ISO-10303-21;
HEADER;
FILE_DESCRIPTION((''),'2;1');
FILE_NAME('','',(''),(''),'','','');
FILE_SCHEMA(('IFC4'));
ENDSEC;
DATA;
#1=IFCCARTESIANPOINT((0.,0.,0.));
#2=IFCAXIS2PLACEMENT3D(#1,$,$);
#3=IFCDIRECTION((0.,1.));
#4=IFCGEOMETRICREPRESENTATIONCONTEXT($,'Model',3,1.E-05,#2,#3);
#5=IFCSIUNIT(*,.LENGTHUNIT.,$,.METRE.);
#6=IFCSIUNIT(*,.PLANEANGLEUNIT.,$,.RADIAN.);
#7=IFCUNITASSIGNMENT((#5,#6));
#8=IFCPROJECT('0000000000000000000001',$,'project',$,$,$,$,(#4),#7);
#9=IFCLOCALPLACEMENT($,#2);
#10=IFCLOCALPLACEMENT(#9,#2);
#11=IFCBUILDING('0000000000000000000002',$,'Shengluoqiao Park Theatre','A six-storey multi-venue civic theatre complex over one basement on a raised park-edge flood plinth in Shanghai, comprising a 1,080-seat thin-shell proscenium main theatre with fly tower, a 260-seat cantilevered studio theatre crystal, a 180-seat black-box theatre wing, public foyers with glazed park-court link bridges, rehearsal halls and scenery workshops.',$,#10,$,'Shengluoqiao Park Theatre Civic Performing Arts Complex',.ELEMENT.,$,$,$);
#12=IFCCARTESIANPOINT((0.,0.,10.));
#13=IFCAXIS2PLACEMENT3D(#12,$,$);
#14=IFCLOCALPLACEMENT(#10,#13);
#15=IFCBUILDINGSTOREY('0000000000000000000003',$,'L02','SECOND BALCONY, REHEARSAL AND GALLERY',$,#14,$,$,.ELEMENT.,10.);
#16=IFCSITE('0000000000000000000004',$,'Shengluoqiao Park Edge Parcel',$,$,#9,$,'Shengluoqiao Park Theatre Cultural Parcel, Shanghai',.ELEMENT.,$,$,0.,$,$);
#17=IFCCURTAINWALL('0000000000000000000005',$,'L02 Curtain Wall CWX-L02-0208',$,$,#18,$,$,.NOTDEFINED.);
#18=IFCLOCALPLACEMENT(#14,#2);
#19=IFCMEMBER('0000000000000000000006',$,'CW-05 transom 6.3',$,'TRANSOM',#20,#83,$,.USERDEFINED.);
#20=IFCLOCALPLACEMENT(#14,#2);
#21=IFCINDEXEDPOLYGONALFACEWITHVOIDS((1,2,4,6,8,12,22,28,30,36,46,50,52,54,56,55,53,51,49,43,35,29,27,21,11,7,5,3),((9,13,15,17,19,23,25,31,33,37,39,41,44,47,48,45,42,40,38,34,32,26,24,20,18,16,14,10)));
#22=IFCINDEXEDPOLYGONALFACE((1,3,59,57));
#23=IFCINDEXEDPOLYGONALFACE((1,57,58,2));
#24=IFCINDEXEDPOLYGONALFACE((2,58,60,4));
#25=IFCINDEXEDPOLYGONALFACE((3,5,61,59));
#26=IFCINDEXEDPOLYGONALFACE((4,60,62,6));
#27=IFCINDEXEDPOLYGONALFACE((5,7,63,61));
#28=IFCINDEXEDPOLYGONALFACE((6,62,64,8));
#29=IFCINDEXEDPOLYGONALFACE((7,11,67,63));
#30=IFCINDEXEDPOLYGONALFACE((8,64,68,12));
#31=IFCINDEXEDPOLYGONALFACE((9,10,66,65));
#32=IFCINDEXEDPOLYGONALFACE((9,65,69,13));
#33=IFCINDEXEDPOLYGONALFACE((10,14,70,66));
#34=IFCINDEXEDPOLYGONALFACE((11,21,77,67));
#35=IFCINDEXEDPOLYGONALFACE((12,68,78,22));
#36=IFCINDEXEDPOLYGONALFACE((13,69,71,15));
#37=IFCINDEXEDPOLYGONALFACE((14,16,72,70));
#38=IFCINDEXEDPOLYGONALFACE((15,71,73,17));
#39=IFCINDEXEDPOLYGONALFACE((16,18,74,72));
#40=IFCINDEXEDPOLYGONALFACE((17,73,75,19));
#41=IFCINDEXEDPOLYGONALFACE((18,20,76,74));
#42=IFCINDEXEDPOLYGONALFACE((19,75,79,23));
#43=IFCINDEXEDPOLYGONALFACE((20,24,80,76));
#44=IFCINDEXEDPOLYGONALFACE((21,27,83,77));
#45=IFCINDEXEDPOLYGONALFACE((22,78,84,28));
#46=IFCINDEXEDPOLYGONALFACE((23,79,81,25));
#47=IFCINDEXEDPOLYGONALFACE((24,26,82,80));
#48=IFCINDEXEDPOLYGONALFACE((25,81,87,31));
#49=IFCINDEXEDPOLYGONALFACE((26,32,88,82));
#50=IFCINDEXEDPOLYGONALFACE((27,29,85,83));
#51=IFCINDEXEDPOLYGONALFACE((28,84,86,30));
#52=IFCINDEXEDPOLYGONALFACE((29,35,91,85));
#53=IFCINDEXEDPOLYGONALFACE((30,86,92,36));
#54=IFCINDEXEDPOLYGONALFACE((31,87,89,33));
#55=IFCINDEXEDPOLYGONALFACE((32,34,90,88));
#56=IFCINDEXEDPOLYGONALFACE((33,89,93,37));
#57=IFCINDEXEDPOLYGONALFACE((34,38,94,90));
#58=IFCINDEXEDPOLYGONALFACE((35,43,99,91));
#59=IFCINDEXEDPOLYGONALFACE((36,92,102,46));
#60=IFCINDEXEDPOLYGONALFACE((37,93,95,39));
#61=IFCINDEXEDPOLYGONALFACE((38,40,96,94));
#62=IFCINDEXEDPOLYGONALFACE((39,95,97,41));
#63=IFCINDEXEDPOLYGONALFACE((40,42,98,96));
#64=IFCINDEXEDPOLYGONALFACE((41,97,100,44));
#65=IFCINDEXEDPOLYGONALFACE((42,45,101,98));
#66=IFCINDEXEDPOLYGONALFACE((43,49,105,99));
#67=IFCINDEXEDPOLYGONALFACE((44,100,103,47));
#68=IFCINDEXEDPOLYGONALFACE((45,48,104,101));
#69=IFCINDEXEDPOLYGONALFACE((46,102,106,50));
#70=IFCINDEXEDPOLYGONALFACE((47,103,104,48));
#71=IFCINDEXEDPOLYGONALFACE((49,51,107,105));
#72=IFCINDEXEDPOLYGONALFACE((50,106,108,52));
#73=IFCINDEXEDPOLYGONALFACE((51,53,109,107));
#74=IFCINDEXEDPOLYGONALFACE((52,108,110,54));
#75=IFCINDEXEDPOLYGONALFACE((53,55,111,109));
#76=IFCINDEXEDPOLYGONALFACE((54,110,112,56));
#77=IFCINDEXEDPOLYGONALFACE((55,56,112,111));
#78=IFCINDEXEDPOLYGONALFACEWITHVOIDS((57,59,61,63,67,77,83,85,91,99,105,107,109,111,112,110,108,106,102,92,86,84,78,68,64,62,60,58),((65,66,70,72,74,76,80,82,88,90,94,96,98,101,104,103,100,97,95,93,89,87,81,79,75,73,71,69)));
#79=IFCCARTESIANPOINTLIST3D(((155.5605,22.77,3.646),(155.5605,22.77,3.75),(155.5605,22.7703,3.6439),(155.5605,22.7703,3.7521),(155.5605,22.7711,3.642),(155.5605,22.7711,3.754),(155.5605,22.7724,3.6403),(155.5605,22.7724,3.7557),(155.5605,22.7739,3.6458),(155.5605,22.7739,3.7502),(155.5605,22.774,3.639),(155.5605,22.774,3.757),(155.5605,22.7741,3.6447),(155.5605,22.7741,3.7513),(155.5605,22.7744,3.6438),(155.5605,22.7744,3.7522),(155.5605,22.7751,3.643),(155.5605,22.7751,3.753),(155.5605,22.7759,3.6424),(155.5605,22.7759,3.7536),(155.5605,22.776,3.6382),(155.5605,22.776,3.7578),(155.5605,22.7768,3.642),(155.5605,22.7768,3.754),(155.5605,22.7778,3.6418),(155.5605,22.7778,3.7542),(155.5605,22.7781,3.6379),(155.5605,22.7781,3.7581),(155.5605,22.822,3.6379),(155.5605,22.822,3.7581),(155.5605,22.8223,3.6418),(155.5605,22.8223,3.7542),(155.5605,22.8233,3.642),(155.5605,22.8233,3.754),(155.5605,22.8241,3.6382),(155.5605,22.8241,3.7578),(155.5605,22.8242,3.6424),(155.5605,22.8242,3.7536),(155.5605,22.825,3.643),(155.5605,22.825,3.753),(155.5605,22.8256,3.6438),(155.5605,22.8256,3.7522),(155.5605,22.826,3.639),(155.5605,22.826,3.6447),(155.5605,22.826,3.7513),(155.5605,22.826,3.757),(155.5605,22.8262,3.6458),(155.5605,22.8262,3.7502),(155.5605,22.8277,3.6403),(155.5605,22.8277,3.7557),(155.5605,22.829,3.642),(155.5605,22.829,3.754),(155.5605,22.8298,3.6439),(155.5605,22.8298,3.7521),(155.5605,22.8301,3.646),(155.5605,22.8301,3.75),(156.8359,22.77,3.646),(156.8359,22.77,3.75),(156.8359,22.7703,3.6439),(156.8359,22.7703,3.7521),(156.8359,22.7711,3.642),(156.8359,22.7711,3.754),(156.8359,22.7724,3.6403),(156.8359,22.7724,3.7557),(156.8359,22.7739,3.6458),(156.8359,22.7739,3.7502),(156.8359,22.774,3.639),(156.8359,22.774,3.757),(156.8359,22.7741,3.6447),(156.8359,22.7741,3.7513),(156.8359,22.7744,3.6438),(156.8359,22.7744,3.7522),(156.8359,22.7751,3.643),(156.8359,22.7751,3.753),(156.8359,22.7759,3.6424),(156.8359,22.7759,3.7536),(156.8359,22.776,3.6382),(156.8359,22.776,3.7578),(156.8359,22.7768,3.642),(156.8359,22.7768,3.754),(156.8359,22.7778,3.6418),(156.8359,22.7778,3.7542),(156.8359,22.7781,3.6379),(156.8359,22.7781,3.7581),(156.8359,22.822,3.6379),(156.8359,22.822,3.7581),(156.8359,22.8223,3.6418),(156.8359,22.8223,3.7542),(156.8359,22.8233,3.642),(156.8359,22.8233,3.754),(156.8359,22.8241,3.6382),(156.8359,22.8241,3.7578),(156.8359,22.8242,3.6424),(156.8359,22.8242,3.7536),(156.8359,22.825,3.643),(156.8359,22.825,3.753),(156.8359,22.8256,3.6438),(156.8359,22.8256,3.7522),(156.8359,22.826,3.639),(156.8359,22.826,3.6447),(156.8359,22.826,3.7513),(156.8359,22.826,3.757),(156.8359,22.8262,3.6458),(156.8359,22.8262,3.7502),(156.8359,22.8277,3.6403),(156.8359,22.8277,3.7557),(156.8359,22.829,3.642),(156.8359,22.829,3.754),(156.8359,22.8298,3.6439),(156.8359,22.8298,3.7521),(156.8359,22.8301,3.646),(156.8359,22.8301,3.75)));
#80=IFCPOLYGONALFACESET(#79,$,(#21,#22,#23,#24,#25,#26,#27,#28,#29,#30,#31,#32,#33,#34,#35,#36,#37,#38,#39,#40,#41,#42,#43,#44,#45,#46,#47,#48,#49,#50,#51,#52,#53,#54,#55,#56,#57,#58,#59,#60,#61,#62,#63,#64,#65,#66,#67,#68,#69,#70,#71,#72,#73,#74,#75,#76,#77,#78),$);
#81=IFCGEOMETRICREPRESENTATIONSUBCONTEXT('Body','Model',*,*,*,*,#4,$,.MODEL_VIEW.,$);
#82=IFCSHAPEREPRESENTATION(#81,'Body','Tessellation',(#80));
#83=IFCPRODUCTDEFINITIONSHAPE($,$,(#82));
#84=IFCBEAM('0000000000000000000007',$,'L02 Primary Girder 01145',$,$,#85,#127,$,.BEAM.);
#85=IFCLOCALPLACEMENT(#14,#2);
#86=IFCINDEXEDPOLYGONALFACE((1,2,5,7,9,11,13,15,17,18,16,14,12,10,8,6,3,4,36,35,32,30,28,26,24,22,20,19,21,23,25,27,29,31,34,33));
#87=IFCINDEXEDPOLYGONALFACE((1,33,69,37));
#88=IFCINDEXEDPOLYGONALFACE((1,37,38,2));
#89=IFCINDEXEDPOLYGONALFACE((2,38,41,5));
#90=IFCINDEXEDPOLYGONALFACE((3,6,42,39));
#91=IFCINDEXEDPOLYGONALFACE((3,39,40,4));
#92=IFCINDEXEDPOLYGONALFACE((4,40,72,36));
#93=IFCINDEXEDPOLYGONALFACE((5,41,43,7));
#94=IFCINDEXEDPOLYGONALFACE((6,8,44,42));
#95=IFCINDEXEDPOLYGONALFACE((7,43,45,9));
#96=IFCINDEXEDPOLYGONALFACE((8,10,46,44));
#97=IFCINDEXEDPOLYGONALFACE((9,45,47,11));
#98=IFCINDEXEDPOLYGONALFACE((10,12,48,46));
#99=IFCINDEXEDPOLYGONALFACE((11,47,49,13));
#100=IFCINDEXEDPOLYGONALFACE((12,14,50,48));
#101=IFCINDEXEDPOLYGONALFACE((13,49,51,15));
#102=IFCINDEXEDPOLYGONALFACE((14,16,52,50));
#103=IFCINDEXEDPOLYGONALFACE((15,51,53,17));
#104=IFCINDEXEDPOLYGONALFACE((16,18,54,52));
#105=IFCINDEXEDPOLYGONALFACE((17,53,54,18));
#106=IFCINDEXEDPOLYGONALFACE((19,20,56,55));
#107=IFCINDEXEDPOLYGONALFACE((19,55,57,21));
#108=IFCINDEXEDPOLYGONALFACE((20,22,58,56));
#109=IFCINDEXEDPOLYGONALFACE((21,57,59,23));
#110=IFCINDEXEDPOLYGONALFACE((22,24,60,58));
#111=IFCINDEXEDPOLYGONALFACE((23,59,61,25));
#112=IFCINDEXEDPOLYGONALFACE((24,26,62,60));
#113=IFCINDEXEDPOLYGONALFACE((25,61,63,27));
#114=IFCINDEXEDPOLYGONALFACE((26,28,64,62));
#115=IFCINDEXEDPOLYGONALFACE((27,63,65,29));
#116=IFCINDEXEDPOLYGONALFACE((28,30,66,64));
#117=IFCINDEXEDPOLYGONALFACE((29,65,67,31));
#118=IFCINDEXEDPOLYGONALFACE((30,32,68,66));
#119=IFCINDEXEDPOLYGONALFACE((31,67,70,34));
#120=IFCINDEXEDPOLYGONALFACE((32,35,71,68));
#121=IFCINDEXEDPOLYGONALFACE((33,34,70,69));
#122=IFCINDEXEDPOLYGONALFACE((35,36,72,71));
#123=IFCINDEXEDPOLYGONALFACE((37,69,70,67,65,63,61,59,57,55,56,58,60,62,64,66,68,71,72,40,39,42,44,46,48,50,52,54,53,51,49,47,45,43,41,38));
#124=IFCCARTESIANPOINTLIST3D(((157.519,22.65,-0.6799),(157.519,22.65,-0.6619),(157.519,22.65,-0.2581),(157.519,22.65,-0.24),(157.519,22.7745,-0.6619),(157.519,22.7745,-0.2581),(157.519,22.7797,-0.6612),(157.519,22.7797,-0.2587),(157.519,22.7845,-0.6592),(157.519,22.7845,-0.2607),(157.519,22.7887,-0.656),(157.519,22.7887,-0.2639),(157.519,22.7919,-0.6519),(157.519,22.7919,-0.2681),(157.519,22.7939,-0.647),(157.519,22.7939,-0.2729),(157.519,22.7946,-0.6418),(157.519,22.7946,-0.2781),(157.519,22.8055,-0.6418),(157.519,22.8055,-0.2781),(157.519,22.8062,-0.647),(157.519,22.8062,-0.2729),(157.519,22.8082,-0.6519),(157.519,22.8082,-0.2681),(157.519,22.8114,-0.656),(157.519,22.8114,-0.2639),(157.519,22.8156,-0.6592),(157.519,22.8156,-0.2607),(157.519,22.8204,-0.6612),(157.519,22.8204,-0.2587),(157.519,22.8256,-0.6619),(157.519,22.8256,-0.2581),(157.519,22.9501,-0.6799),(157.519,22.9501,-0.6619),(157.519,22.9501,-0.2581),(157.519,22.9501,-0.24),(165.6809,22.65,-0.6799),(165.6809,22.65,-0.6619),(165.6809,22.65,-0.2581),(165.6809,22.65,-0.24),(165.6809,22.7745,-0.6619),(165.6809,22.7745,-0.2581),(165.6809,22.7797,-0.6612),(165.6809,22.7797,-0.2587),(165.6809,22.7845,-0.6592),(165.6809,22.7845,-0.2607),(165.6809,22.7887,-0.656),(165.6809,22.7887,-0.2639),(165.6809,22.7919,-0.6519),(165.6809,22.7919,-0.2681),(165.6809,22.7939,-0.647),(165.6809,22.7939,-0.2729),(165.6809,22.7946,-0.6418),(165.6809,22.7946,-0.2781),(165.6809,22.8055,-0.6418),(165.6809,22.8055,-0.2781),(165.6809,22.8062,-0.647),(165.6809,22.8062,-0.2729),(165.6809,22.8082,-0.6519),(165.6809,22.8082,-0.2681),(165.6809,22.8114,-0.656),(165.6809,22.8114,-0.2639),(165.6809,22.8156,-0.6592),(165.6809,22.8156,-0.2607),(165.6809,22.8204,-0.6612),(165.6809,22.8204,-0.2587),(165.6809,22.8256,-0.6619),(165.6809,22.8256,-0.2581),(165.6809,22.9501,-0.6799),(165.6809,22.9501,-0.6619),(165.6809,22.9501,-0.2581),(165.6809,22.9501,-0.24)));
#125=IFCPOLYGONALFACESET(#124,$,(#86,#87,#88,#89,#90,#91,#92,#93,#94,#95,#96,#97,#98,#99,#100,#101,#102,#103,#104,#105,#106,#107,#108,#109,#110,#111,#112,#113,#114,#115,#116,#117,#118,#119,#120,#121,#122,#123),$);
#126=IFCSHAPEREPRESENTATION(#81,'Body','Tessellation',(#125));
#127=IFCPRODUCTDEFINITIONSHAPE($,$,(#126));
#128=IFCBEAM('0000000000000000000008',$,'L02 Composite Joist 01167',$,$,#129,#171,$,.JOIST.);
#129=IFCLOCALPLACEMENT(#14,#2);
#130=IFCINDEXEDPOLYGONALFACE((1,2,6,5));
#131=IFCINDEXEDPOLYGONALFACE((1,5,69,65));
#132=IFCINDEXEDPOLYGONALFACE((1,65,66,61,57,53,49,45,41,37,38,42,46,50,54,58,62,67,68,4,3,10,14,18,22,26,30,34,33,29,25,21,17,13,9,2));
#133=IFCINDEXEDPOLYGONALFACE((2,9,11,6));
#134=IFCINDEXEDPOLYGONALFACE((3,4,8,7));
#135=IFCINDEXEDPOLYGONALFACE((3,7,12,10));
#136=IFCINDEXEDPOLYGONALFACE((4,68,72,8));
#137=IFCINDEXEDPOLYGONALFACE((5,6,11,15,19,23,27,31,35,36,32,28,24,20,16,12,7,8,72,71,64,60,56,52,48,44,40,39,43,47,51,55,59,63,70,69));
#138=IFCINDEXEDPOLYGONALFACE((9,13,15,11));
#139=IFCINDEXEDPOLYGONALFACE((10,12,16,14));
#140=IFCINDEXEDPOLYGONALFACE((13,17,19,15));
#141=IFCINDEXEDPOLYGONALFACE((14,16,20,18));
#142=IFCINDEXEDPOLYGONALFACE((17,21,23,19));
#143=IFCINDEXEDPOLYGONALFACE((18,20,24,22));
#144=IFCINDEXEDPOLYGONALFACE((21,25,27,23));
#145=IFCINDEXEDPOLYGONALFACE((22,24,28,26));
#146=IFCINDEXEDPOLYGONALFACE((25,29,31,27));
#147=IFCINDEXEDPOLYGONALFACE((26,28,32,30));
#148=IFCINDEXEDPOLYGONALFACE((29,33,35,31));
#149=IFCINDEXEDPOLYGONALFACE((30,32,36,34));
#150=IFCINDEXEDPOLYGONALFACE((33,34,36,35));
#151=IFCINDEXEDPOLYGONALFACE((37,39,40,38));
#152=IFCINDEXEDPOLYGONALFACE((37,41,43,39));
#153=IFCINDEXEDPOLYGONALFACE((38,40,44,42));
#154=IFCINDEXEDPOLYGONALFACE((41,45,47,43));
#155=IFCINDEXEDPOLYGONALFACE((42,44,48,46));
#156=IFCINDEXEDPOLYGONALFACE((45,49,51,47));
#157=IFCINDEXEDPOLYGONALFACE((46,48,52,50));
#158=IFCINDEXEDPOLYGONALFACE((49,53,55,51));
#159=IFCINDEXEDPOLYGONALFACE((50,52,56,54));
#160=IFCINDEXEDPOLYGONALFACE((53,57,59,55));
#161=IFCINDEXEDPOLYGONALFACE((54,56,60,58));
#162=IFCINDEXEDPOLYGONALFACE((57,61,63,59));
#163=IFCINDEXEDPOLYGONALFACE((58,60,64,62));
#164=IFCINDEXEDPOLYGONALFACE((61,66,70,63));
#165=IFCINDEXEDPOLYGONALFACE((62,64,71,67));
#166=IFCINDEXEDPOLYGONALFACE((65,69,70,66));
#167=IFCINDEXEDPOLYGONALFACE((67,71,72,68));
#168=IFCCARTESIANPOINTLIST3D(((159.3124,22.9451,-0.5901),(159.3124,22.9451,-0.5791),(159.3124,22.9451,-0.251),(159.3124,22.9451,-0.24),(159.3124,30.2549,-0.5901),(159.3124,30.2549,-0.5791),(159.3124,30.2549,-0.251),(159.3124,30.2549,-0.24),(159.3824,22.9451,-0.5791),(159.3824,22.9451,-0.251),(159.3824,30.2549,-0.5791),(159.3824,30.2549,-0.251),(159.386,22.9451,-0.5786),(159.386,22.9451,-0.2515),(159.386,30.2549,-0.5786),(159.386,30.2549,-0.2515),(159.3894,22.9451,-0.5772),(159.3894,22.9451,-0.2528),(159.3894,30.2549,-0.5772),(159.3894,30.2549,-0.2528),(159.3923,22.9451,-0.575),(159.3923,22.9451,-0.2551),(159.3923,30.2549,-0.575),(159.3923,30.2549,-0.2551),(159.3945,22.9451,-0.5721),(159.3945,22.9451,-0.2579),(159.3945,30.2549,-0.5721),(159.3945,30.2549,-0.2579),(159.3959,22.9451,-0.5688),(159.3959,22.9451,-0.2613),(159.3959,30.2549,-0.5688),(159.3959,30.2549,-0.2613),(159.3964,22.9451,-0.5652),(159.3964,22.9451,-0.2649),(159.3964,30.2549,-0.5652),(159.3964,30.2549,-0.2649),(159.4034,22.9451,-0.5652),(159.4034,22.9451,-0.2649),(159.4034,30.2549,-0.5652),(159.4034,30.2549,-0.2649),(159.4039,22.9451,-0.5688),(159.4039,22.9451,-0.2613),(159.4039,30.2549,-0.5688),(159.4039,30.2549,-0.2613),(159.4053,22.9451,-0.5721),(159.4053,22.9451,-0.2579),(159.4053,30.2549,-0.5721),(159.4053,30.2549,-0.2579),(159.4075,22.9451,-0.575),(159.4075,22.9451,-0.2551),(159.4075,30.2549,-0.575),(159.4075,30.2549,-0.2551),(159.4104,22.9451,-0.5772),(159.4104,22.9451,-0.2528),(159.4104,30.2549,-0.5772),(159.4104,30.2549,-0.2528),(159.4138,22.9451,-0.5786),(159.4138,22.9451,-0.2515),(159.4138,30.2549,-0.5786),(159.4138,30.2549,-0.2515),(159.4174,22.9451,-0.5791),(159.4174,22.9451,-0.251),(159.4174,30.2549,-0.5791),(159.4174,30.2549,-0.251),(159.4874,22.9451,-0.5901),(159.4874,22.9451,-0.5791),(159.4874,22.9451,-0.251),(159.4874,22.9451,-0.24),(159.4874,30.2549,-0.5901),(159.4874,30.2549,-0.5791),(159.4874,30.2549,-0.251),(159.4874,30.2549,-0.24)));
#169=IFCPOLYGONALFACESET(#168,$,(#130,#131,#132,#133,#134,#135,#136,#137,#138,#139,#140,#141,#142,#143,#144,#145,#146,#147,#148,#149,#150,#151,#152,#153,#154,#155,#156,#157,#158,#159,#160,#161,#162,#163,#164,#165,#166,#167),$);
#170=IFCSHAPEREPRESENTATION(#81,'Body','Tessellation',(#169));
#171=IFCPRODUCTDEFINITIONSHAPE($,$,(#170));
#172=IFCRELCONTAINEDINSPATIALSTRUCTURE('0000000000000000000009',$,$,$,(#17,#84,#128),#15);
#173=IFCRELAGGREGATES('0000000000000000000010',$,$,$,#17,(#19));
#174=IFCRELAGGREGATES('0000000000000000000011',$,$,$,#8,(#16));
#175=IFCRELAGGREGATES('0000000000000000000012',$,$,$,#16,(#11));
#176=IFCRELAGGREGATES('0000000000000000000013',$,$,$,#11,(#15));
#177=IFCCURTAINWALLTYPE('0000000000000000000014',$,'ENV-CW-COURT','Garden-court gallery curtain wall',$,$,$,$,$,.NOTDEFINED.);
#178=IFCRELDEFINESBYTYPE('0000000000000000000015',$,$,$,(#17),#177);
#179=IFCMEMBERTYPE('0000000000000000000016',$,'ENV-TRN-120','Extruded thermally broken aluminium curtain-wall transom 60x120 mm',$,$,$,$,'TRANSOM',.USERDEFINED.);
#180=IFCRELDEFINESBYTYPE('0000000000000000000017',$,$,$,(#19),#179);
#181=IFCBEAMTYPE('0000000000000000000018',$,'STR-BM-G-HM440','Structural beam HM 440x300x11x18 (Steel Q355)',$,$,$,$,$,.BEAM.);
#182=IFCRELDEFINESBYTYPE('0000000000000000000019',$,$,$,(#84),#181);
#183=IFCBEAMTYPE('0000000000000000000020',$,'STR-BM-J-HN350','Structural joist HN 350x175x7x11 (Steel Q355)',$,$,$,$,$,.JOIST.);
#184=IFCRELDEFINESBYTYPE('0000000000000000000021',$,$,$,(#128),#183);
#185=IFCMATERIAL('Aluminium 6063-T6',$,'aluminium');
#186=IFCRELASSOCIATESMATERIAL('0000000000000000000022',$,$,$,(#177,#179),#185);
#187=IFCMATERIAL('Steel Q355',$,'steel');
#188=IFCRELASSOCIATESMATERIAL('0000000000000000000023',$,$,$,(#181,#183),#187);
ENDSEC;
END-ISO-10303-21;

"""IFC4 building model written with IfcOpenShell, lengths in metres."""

from ifc_helpers import new_model, si_unit, direction, frame, origin, origin_2d, place, context, subcontext, project, spatial, hollow_rectangle, i_section, extrude, material, material_profile, profile_set, type_object, element, aggregate, save


model = new_model("IFC4")

# Units and contexts
model_context = context("Model", 3, precision=1e-05, world=origin(), true_north=direction((0.0, 1.0)))
body_context = subcontext(model_context, "Body", "Model", "MODEL_VIEW")
ifc_project = project(units=[si_unit("LENGTHUNIT", "METRE"), si_unit("PLANEANGLEUNIT", "RADIAN")], contexts=[model_context])

# Site, building, storey
site_placement = place(None, origin())
site = spatial("IfcSite", under=ifc_project, at=site_placement, Name="Shengluoqiao Park Edge Parcel", LongName="Shengluoqiao Park Theatre Cultural Parcel, Shanghai", CompositionType="ELEMENT", RefElevation=0.0)
building_placement = place(site_placement, origin())
building = spatial("IfcBuilding", under=site, at=building_placement, Name="Shengluoqiao Park Theatre", Description="A six-storey multi-venue civic theatre complex over one basement on a raised park-edge flood plinth in Shanghai, comprising a 1,080-seat thin-shell proscenium main theatre with fly tower, a 260-seat cantilevered studio theatre crystal, a 180-seat black-box theatre wing, public foyers with glazed park-court link bridges, rehearsal halls and scenery workshops.", LongName="Shengluoqiao Park Theatre Civic Performing Arts Complex", CompositionType="ELEMENT")
storey_placement = place(building_placement, frame((0.0, 0.0, 10.0)))
storey = spatial("IfcBuildingStorey", under=building, at=storey_placement, Name="L02", Description="SECOND BALCONY, REHEARSAL AND GALLERY", CompositionType="ELEMENT", Elevation=10.0)

# Curtain wall, member
ifc_material_1 = material(Name="Aluminium 6063-T6", Category="aluminium")
curtain_wall_type = type_object("IfcCurtainWallType", Name="ENV-CW-COURT", Description="Garden-court gallery curtain wall", PredefinedType="NOTDEFINED", material=ifc_material_1)
curtain_wall_placement = place(storey_placement, origin())
curtain_wall = element("IfcCurtainWall", 1, at=curtain_wall_placement, inside=storey, type_object=curtain_wall_type, Name="L02 Curtain Wall CWX-L02-0208", PredefinedType="NOTDEFINED")
ifc_material_profile_1 = material_profile(ifc_material_1, hollow_rectangle(XDim=0.0601, YDim=0.1201, WallThickness=0.0039, InnerFilletRadius=0.0039, OuterFilletRadius=0.0081, at=origin_2d()), Name="ALU TRANSOM 120x60x4")
ifc_profile_set_1 = profile_set([ifc_material_profile_1], Name="Aluminium 6063-T6")
member_type_1 = type_object("IfcMemberType", Name="ENV-TRN-120", Description="Extruded thermally broken aluminium curtain-wall transom 60x120 mm", ElementType="TRANSOM", PredefinedType="USERDEFINED", material=ifc_profile_set_1)
member_1_placement = place(storey_placement, frame((155.5605, 22.8, 3.698), z_axis=(1.0, 0.0, 0.0), x_axis=(0.0, 1.0, 0.0)))
member_1 = element("IfcMember", 2, at=member_1_placement, type_object=member_type_1, Name="CW-05 transom 6.3", ObjectType="TRANSOM", PredefinedType="USERDEFINED", context=body_context, shape_type="SweptSolid", body=[
    extrude(hollow_rectangle(XDim=0.0601, YDim=0.1201, WallThickness=0.0039, InnerFilletRadius=0.0039, OuterFilletRadius=0.0081, at=origin_2d()), origin(), (0.0, 0.0, 1.0), 1.2754),
])

# Beams
ifc_material_2 = material(Name="Steel Q355", Category="steel")
ifc_material_profile_2 = material_profile(ifc_material_2, i_section(OverallWidth=0.3, OverallDepth=0.4399, WebThickness=0.011, FlangeThickness=0.0181, FilletRadius=0.02, at=origin_2d()), Name="HM 440x300x11x18")
ifc_profile_set_2 = profile_set([ifc_material_profile_2], Name="Steel Q355")
beam_type_1 = type_object("IfcBeamType", Name="STR-BM-G-HM440", Description="Structural beam HM 440x300x11x18 (Steel Q355)", PredefinedType="BEAM", material=ifc_profile_set_2)
beam_placement = place(storey_placement, frame((157.519, 22.8, -0.46), z_axis=(1.0, 0.0, 0.0), x_axis=(0.0, 1.0, 0.0)))
element("IfcBeam", 3, at=beam_placement, inside=storey, type_object=beam_type_1, Name="L02 Primary Girder 01145", PredefinedType="BEAM", context=body_context, shape_type="SweptSolid", body=[
    extrude(i_section(OverallWidth=0.3, OverallDepth=0.4399, WebThickness=0.011, FlangeThickness=0.0181, FilletRadius=0.02, at=origin_2d()), origin(), (0.0, 0.0, 1.0), 8.1619),
])
ifc_material_profile_3 = material_profile(ifc_material_2, i_section(OverallWidth=0.175, OverallDepth=0.3501, WebThickness=0.0071, FlangeThickness=0.011, FilletRadius=0.0139, at=origin_2d()), Name="HN 350x175x7x11")
ifc_profile_set_3 = profile_set([ifc_material_profile_3], Name="Steel Q355")
beam_type_2 = type_object("IfcBeamType", Name="STR-BM-J-HN350", Description="Structural joist HN 350x175x7x11 (Steel Q355)", PredefinedType="JOIST", material=ifc_profile_set_3)
for number, where, z_axis, x_axis, name in (
    (4, (159.3999, 22.9451, -0.415), (0.0, 1.0, 0.0), (-1.0, 0.0, 0.0), "L02 Composite Joist 01167"),
):
    element("IfcBeam", number, at=place(storey_placement, frame(where, z_axis=z_axis, x_axis=x_axis)), inside=storey, type_object=beam_type_2, Name=name, PredefinedType="JOIST", context=body_context, shape_type="SweptSolid", body=[
        extrude(i_section(OverallWidth=0.175, OverallDepth=0.3501, WebThickness=0.0071, FlangeThickness=0.011, FilletRadius=0.0139, at=origin_2d()), origin(), (0.0, 0.0, 1.0), 7.3098),
    ])

aggregate(curtain_wall, [member_1])

save(model, "model.ifc")
